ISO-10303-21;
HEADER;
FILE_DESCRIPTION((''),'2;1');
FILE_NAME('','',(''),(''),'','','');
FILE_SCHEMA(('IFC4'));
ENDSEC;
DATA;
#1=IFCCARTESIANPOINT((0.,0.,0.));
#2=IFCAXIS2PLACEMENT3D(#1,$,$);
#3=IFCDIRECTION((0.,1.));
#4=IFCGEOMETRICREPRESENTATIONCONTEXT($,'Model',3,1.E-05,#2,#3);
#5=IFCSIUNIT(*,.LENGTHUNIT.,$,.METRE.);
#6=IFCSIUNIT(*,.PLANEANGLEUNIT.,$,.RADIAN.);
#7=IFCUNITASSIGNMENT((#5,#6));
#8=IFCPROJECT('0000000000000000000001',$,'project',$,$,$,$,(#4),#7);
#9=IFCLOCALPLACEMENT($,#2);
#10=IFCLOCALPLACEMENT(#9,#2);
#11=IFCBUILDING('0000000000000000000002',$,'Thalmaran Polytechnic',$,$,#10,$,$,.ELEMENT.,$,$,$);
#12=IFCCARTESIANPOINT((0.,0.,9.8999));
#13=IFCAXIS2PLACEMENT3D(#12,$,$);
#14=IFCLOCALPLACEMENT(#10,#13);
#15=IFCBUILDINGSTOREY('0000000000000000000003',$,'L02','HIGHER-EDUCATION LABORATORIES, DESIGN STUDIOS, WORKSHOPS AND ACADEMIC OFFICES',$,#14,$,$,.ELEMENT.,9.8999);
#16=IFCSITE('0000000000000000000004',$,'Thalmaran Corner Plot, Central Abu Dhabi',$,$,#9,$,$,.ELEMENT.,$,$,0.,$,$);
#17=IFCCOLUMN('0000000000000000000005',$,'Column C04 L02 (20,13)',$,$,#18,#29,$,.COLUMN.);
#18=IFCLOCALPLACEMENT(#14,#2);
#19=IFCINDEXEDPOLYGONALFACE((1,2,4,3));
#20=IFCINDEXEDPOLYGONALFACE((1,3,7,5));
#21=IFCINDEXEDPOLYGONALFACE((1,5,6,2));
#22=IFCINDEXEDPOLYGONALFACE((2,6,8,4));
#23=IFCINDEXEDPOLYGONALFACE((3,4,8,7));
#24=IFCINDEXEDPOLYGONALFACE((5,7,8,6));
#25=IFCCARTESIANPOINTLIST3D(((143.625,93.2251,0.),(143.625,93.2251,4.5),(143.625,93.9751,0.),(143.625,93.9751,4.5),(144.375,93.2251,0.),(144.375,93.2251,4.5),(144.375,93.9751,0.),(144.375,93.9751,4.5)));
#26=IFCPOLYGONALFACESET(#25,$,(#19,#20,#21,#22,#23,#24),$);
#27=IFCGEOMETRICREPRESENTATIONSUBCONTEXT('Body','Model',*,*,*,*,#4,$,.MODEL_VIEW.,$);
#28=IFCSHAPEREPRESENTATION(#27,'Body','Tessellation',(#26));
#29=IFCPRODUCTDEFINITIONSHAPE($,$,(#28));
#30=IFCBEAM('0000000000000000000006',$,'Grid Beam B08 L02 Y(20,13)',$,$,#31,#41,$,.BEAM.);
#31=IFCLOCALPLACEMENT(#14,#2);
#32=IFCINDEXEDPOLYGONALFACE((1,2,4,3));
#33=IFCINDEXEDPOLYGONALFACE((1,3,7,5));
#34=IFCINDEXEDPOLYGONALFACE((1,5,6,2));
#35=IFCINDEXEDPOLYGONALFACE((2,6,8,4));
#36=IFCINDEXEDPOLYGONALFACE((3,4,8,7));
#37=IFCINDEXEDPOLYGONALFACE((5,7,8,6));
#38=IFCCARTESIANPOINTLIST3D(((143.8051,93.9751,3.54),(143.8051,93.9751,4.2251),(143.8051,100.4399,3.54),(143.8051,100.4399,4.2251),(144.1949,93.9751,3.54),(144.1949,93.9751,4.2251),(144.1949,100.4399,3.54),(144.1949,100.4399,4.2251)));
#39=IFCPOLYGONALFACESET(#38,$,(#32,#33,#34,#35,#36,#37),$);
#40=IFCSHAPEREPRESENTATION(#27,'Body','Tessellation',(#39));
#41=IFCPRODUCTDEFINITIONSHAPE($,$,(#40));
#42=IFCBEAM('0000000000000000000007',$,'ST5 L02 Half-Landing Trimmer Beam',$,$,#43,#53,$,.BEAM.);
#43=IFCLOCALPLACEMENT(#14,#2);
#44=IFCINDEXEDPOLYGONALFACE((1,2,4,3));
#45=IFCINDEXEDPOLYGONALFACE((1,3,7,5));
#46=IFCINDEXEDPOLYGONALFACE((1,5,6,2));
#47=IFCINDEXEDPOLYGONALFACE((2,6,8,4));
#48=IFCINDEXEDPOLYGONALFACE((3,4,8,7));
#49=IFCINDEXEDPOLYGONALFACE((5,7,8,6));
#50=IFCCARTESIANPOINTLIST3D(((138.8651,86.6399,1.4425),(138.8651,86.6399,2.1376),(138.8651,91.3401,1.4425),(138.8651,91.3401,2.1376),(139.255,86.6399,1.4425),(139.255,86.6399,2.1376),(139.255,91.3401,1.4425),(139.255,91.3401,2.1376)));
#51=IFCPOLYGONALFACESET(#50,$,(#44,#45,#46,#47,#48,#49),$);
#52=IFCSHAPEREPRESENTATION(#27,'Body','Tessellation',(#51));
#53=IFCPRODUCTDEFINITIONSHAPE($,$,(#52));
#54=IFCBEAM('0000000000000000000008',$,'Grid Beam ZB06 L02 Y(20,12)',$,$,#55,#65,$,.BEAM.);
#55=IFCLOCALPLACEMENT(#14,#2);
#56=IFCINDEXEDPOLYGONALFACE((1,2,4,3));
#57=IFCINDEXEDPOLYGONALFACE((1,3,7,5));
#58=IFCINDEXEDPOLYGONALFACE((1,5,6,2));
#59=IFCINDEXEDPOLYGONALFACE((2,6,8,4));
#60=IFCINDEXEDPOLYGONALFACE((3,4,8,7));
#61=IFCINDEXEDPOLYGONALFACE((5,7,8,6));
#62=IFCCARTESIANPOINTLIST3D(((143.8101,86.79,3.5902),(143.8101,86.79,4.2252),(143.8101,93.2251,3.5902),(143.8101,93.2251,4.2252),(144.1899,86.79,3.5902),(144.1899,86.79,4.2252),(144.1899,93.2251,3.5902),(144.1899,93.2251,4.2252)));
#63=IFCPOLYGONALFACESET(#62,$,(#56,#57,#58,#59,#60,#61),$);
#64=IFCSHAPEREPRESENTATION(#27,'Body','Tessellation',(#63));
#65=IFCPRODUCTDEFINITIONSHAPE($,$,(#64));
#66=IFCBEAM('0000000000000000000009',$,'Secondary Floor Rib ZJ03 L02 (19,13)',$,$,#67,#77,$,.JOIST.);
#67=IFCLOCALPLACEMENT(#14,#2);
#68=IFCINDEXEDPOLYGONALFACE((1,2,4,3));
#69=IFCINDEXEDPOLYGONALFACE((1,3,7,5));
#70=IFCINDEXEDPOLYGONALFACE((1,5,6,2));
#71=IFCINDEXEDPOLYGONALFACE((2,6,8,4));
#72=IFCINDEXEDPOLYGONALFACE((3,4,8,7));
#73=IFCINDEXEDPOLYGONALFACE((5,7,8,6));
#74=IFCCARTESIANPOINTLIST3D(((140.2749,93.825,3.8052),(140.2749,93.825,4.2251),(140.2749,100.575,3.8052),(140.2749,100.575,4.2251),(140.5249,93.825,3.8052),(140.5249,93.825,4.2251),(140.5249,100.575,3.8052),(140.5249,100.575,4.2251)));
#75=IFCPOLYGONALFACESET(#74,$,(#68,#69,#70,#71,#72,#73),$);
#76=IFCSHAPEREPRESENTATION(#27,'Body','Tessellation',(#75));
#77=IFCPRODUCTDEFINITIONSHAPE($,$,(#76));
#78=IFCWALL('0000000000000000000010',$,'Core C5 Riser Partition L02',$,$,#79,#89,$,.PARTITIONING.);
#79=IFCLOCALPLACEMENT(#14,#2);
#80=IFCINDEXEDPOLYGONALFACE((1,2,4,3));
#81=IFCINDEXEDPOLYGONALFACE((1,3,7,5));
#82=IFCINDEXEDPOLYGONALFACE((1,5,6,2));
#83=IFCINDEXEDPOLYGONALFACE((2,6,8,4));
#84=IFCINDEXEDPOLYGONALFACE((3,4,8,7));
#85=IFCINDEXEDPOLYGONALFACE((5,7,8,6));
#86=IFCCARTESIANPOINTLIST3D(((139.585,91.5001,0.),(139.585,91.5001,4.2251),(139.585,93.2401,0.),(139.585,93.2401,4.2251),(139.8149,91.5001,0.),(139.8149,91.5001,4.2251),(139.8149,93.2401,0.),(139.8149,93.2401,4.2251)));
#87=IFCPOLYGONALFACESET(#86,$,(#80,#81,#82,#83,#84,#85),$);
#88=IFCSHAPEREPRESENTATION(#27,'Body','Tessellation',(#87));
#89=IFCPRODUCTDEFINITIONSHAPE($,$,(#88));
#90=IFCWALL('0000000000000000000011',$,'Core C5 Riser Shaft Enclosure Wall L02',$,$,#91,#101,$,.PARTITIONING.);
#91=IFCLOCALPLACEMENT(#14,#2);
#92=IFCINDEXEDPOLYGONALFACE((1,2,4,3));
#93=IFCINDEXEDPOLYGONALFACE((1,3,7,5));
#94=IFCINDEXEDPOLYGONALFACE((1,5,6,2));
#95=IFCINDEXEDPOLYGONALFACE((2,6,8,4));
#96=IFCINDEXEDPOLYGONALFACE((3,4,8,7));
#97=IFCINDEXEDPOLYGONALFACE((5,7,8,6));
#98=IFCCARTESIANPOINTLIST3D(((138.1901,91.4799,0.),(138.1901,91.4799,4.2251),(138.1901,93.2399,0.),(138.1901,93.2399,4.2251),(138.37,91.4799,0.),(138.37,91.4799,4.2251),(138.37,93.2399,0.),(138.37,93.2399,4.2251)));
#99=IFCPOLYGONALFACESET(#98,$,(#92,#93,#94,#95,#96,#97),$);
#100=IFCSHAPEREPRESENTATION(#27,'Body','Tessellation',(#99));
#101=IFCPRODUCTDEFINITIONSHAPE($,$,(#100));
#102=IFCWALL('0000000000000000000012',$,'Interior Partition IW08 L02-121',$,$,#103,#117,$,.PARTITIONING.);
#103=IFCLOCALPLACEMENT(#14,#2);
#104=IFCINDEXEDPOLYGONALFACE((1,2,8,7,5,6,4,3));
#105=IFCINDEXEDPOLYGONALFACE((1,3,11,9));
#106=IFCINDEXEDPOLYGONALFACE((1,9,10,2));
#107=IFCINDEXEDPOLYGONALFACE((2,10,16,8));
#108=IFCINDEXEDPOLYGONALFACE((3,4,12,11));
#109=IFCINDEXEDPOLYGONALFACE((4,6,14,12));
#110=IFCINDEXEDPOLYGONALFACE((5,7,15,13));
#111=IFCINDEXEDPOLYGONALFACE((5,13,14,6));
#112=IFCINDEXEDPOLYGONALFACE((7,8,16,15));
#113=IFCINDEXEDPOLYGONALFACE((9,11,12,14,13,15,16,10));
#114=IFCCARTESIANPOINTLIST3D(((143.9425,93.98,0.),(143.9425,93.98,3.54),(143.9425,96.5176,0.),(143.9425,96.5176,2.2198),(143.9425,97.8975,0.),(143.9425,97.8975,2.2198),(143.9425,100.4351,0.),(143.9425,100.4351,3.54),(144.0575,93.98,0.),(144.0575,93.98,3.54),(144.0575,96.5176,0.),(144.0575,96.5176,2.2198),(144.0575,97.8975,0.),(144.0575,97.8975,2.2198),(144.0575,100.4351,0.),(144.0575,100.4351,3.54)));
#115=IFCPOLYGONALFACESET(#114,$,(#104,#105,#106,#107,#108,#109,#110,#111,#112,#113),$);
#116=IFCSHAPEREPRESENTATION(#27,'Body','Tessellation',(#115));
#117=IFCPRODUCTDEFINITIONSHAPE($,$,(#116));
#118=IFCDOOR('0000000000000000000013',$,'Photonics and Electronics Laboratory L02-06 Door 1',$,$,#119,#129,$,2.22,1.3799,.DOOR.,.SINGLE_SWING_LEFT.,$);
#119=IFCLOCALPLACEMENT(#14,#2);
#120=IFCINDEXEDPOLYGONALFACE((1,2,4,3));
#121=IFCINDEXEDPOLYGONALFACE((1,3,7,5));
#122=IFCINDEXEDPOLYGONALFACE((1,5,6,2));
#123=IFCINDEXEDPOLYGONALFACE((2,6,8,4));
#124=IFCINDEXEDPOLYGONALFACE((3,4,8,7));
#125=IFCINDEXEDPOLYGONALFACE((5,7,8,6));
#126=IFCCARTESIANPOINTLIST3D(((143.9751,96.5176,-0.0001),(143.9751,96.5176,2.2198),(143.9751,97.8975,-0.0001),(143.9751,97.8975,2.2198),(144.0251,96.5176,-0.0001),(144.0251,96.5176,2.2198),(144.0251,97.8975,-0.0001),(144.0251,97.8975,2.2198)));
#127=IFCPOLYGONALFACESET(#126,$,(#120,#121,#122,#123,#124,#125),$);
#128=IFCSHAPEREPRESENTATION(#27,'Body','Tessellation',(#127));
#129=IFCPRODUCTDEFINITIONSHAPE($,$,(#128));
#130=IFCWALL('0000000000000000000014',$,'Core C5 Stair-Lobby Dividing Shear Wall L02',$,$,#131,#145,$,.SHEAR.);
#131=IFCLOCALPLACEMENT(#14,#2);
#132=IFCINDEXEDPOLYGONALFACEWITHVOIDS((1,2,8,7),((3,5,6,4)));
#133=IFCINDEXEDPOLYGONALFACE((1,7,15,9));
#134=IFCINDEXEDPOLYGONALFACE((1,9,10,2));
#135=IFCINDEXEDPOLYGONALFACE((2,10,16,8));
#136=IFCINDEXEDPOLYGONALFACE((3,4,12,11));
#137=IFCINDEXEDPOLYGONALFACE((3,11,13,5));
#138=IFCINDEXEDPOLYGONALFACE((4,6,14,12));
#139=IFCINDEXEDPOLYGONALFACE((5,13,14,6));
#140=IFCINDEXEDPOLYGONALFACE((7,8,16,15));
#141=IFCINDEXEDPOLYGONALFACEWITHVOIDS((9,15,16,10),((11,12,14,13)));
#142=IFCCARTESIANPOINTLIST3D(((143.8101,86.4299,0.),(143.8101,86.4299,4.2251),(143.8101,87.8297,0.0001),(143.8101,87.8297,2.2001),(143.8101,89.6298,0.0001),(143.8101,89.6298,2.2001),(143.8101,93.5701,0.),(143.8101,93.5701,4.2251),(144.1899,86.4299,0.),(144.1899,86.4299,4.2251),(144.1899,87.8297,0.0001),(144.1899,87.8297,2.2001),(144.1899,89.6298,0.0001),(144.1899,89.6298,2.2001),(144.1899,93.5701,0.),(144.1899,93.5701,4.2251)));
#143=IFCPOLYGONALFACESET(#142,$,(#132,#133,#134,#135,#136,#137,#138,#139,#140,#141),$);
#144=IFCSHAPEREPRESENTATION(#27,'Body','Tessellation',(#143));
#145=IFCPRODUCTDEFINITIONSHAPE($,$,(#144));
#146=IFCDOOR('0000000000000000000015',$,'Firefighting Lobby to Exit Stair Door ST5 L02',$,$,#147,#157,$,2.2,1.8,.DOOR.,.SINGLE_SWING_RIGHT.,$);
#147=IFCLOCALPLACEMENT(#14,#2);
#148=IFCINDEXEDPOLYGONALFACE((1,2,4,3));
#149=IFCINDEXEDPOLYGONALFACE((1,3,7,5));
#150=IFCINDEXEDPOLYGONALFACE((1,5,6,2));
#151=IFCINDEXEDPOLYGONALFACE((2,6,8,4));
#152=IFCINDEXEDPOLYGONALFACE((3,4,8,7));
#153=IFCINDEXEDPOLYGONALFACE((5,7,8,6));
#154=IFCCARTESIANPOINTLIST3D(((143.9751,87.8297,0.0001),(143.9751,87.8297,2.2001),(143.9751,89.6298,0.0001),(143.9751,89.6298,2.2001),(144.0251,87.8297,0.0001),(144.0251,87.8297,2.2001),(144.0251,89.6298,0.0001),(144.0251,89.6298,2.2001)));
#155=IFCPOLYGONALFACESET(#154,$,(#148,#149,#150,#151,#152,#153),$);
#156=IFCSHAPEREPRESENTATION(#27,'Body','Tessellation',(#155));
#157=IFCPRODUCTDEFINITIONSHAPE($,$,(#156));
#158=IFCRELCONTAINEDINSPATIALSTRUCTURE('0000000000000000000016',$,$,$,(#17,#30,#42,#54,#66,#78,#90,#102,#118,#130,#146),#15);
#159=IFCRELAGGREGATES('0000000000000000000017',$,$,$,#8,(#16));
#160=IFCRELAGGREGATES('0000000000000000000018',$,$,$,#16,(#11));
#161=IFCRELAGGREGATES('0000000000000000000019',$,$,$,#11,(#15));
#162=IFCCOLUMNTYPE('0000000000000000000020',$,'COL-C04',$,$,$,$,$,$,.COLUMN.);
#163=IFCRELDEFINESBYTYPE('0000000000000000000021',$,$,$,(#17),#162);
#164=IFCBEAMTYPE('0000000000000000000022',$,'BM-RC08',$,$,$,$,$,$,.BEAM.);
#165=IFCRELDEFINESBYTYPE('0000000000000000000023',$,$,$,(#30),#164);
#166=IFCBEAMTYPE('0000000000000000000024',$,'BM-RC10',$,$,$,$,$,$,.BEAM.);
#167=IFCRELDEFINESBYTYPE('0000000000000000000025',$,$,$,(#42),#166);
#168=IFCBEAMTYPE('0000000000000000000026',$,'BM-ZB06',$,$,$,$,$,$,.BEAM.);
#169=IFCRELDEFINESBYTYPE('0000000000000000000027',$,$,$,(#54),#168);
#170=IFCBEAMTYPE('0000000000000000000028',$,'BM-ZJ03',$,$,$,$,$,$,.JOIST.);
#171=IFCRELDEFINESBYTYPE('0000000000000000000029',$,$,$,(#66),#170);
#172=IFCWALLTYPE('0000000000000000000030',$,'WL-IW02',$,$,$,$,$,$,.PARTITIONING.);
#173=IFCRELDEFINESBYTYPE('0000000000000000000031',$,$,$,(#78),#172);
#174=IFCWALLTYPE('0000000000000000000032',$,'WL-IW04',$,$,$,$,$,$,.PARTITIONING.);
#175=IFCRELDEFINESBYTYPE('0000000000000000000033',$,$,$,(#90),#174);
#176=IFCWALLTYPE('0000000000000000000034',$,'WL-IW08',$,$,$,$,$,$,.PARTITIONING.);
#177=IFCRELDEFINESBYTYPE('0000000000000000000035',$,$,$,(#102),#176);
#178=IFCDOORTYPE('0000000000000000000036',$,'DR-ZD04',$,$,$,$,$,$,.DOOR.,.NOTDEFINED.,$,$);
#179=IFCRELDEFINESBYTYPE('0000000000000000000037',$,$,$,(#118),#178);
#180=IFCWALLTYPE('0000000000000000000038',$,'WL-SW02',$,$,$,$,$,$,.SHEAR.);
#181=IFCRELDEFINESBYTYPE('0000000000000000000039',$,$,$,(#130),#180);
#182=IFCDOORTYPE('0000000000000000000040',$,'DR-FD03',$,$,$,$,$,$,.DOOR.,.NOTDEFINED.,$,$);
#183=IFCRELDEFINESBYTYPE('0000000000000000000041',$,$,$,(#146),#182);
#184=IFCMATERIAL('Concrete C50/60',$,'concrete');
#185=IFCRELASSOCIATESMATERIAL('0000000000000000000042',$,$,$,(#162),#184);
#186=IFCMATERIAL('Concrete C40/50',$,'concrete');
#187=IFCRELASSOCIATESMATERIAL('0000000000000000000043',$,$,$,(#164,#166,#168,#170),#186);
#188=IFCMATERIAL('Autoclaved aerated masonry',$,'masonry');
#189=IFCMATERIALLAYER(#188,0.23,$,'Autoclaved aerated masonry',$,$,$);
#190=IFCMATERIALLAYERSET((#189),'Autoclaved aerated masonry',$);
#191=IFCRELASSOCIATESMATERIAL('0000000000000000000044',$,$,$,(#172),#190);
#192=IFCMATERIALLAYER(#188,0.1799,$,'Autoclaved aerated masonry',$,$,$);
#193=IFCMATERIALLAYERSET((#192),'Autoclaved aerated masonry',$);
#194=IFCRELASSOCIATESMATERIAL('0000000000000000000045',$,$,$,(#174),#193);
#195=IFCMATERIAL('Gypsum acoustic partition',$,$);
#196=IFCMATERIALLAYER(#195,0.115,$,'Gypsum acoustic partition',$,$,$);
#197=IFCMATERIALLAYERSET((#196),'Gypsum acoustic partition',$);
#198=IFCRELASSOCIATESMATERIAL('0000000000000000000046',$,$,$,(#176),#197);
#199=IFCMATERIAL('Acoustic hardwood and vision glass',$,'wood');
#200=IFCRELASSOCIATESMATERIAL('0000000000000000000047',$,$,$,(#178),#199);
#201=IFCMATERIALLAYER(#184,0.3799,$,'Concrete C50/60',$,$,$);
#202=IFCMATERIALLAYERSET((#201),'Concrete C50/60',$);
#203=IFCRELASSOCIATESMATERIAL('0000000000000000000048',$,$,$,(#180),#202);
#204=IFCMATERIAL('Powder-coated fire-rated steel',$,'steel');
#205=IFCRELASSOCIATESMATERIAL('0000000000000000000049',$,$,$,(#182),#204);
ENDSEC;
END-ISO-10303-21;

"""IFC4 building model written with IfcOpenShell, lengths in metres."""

from ifc_helpers import new_model, si_unit, direction, frame, frame_2d, origin, origin_2d, place, context, subcontext, project, spatial, rectangle, extrude, material, layer, layer_set, material_profile, profile_set, type_object, element, fill, save


model = new_model("IFC4")

# Units and contexts
model_context = context("Model", 3, precision=1e-05, world=origin(), true_north=direction((0.0, 1.0)))
body_context = subcontext(model_context, "Body", "Model", "MODEL_VIEW")
ifc_project = project(units=[si_unit("LENGTHUNIT", "METRE"), si_unit("PLANEANGLEUNIT", "RADIAN")], contexts=[model_context])

# Site, building, storey
site_placement = place(None, origin())
site = spatial("IfcSite", under=ifc_project, at=site_placement, Name="Thalmaran Corner Plot, Central Abu Dhabi", CompositionType="ELEMENT", RefElevation=0.0)
building_placement = place(site_placement, origin())
building = spatial("IfcBuilding", under=site, at=building_placement, Name="Thalmaran Polytechnic", CompositionType="ELEMENT")
storey_placement = place(building_placement, frame((0.0, 0.0, 9.8999)))
storey = spatial("IfcBuildingStorey", under=building, at=storey_placement, Name="L02", Description="HIGHER-EDUCATION LABORATORIES, DESIGN STUDIOS, WORKSHOPS AND ACADEMIC OFFICES", CompositionType="ELEMENT", Elevation=9.8999)

# Column
ifc_material_1 = material(Name="Concrete C50/60", Category="concrete")
ifc_material_profile_1 = material_profile(ifc_material_1, rectangle(XDim=0.75, YDim=0.75, at=origin_2d()), Name="RC 750x750")
ifc_profile_set_1 = profile_set([ifc_material_profile_1], Name="Concrete C50/60")
column_type = type_object("IfcColumnType", Name="COL-C04", PredefinedType="COLUMN", material=ifc_profile_set_1)
column_placement = place(storey_placement, frame((144.0, 93.6001, 0.0), z_axis=(0.0, 0.0, 1.0), x_axis=(1.0, 0.0, 0.0)))
element("IfcColumn", 1, at=column_placement, inside=storey, type_object=column_type, Name="Column C04 L02 (20,13)", PredefinedType="COLUMN", context=body_context, shape_type="SweptSolid", body=[
    extrude(rectangle(XDim=0.75, YDim=0.75, at=origin_2d()), origin(), (0.0, 0.0, 1.0), 4.5),
])

# Beams
ifc_material_2 = material(Name="Concrete C40/50", Category="concrete")
ifc_material_profile_2 = material_profile(ifc_material_2, rectangle(XDim=0.3899, YDim=0.6851, at=origin_2d()), Name="RC 390x685")
ifc_profile_set_2 = profile_set([ifc_material_profile_2], Name="Concrete C40/50")
beam_type_1 = type_object("IfcBeamType", Name="BM-RC08", PredefinedType="BEAM", material=ifc_profile_set_2)
beam_1_placement = place(storey_placement, frame((144.0, 93.9751, 3.8826), z_axis=(0.0, 1.0, 0.0), x_axis=(-1.0, 0.0, 0.0)))
element("IfcBeam", 2, at=beam_1_placement, inside=storey, type_object=beam_type_1, Name="Grid Beam B08 L02 Y(20,13)", PredefinedType="BEAM", context=body_context, shape_type="SweptSolid", body=[
    extrude(rectangle(XDim=0.3899, YDim=0.6851, at=origin_2d()), origin(), (0.0, 0.0, 1.0), 6.4648),
])
ifc_material_profile_3 = material_profile(ifc_material_2, rectangle(XDim=0.3899, YDim=0.6951, at=origin_2d()), Name="RC 390x695")
ifc_profile_set_3 = profile_set([ifc_material_profile_3], Name="Concrete C40/50")
beam_type_2 = type_object("IfcBeamType", Name="BM-RC10", PredefinedType="BEAM", material=ifc_profile_set_3)
beam_2_placement = place(storey_placement, frame((139.0601, 86.6399, 1.79), z_axis=(0.0, 1.0, 0.0), x_axis=(-1.0, 0.0, 0.0)))
element("IfcBeam", 3, at=beam_2_placement, inside=storey, type_object=beam_type_2, Name="ST5 L02 Half-Landing Trimmer Beam", PredefinedType="BEAM", context=body_context, shape_type="SweptSolid", body=[
    extrude(rectangle(XDim=0.3899, YDim=0.6951, at=origin_2d()), origin(), (0.0, 0.0, 1.0), 4.7002),
])
ifc_material_profile_4 = material_profile(ifc_material_2, rectangle(XDim=0.3799, YDim=0.635, at=origin_2d()), Name="RC 380x635")
ifc_profile_set_4 = profile_set([ifc_material_profile_4], Name="Concrete C40/50")
beam_type_3 = type_object("IfcBeamType", Name="BM-ZB06", PredefinedType="BEAM", material=ifc_profile_set_4)
beam_3_placement = place(storey_placement, frame((144.0, 86.79, 3.9077), z_axis=(0.0, 1.0, 0.0), x_axis=(-1.0, 0.0, 0.0)))
element("IfcBeam", 4, at=beam_3_placement, inside=storey, type_object=beam_type_3, Name="Grid Beam ZB06 L02 Y(20,12)", PredefinedType="BEAM", context=body_context, shape_type="SweptSolid", body=[
    extrude(rectangle(XDim=0.3799, YDim=0.635, at=origin_2d()), origin(), (0.0, 0.0, 1.0), 6.4351),
])
ifc_material_profile_5 = material_profile(ifc_material_2, rectangle(XDim=0.25, YDim=0.4199, at=origin_2d()), Name="RC 250x420")
ifc_profile_set_5 = profile_set([ifc_material_profile_5], Name="Concrete C40/50")
beam_type_4 = type_object("IfcBeamType", Name="BM-ZJ03", PredefinedType="JOIST", material=ifc_profile_set_5)
beam_4_placement = place(storey_placement, frame((140.3999, 93.825, 4.0151), z_axis=(0.0, 1.0, 0.0), x_axis=(-1.0, 0.0, 0.0)))
element("IfcBeam", 5, at=beam_4_placement, inside=storey, type_object=beam_type_4, Name="Secondary Floor Rib ZJ03 L02 (19,13)", PredefinedType="JOIST", context=body_context, shape_type="SweptSolid", body=[
    extrude(rectangle(XDim=0.25, YDim=0.4199, at=origin_2d()), origin(), (0.0, 0.0, 1.0), 6.75),
])

# Walls
ifc_material_3 = material(Name="Autoclaved aerated masonry", Category="masonry")
ifc_layer_1 = layer(ifc_material_3, 0.23, Name="Autoclaved aerated masonry")
ifc_layer_set_1 = layer_set([ifc_layer_1], Name="Autoclaved aerated masonry")
wall_type_1 = type_object("IfcWallType", Name="WL-IW02", PredefinedType="PARTITIONING", material=ifc_layer_set_1)
wall_1_placement = place(storey_placement, frame((139.7, 91.5, 0.0), z_axis=(0.0, 0.0, 1.0), x_axis=(0.0, 1.0, 0.0)))
element("IfcWall", 6, at=wall_1_placement, inside=storey, type_object=wall_type_1, Name="Core C5 Riser Partition L02", PredefinedType="PARTITIONING", context=body_context, shape_type="SweptSolid", body=[
    extrude(rectangle(XDim=1.74, YDim=0.23, at=frame_2d((0.8701, 0.0))), origin(), (0.0, 0.0, 1.0), 4.2251),
])
ifc_layer_2 = layer(ifc_material_3, 0.1799, Name="Autoclaved aerated masonry")
ifc_layer_set_2 = layer_set([ifc_layer_2], Name="Autoclaved aerated masonry")
wall_type_2 = type_object("IfcWallType", Name="WL-IW04", PredefinedType="PARTITIONING", material=ifc_layer_set_2)
wall_2_placement = place(storey_placement, frame((138.28, 91.48, 0.0), z_axis=(0.0, 0.0, 1.0), x_axis=(0.0, 1.0, 0.0)))
element("IfcWall", 7, at=wall_2_placement, inside=storey, type_object=wall_type_2, Name="Core C5 Riser Shaft Enclosure Wall L02", PredefinedType="PARTITIONING", context=body_context, shape_type="SweptSolid", body=[
    extrude(rectangle(XDim=1.76, YDim=0.1799, at=frame_2d((0.8799, 0.0))), origin(), (0.0, 0.0, 1.0), 4.2251),
])

# Wall, opening, door
ifc_material_4 = material(Name="Gypsum acoustic partition")
ifc_layer_3 = layer(ifc_material_4, 0.115, Name="Gypsum acoustic partition")
ifc_layer_set_3 = layer_set([ifc_layer_3], Name="Gypsum acoustic partition")
wall_type_3 = type_object("IfcWallType", Name="WL-IW08", PredefinedType="PARTITIONING", material=ifc_layer_set_3)
wall_3_placement = place(storey_placement, frame((144.0, 93.98, 0.0), z_axis=(0.0, 0.0, 1.0), x_axis=(0.0, 1.0, 0.0)))
wall_3 = element("IfcWall", 8, at=wall_3_placement, inside=storey, type_object=wall_type_3, Name="Interior Partition IW08 L02-121", PredefinedType="PARTITIONING", context=body_context, shape_type="SweptSolid", body=[
    extrude(rectangle(XDim=6.4551, YDim=0.115, at=frame_2d((3.2275, 0.0))), origin(), (0.0, 0.0, 1.0), 3.54),
])
opening_1_placement = place(wall_3_placement, frame((2.5376, 0.0, 0.0)))
opening_1 = element("IfcOpeningElement", 9, at=opening_1_placement, cuts=wall_3, PredefinedType="OPENING", context=body_context, shape_type="SweptSolid", body=[
    extrude(rectangle(XDim=1.3799, YDim=2.22, at=frame_2d((0.6899, 1.1099))), frame((0.0, 0.0674, 0.0), z_axis=(0.0, -1.0, 0.0), x_axis=(1.0, 0.0, 0.0)), (0.0, 0.0, 1.0), 0.135),
])
ifc_material_5 = material(Name="Acoustic hardwood and vision glass", Category="wood")
door_type_1 = type_object("IfcDoorType", Name="DR-ZD04", OperationType="NOTDEFINED", PredefinedType="DOOR", material=ifc_material_5)
door_1_placement = place(opening_1_placement, origin())
door_1 = element("IfcDoor", 10, at=door_1_placement, inside=storey, type_object=door_type_1, Name="Photonics and Electronics Laboratory L02-06 Door 1", OperationType="SINGLE_SWING_LEFT", OverallHeight=2.22, OverallWidth=1.3799, PredefinedType="DOOR", context=body_context, shape_type="SweptSolid", body=[
    extrude(rectangle(XDim=1.3799, YDim=2.22, at=frame_2d((0.6899, 1.1099))), frame((0.0, 0.0249, 0.0), z_axis=(0.0, -1.0, 0.0), x_axis=(1.0, 0.0, 0.0)), (0.0, 0.0, 1.0), 0.05),
])
fill(opening_1, door_1)

# Shared definitions
ifc_layer_4 = layer(ifc_material_1, 0.3799, Name="Concrete C50/60")
ifc_layer_set_4 = layer_set([ifc_layer_4], Name="Concrete C50/60")
wall_type_4 = type_object("IfcWallType", Name="WL-SW02", PredefinedType="SHEAR", material=ifc_layer_set_4)
ifc_material_6 = material(Name="Powder-coated fire-rated steel", Category="steel")

# Wall, opening, door
wall_4_placement = place(storey_placement, frame((144.0, 86.4299, 0.0), z_axis=(0.0, 0.0, 1.0), x_axis=(0.0, 1.0, 0.0)))
wall_4 = element("IfcWall", 11, at=wall_4_placement, inside=storey, type_object=wall_type_4, Name="Core C5 Stair-Lobby Dividing Shear Wall L02", PredefinedType="SHEAR", context=body_context, shape_type="SweptSolid", body=[
    extrude(rectangle(XDim=7.1401, YDim=0.3799, at=frame_2d((3.5701, 0.0))), origin(), (0.0, 0.0, 1.0), 4.2251),
])
opening_2_placement = place(wall_4_placement, frame((1.3999, 0.0, 0.0)))
opening_2 = element("IfcOpeningElement", 12, at=opening_2_placement, cuts=wall_4, PredefinedType="OPENING", context=body_context, shape_type="SweptSolid", body=[
    extrude(rectangle(XDim=1.8, YDim=2.2, at=frame_2d((0.8999, 1.1001))), frame((0.0, 0.2, 0.0), z_axis=(0.0, -1.0, 0.0), x_axis=(1.0, 0.0, 0.0)), (0.0, 0.0, 1.0), 0.3999),
])
door_type_2 = type_object("IfcDoorType", Name="DR-FD03", OperationType="NOTDEFINED", PredefinedType="DOOR", material=ifc_material_6)
door_2_placement = place(opening_2_placement, origin())
door_2 = element("IfcDoor", 13, at=door_2_placement, inside=storey, type_object=door_type_2, Name="Firefighting Lobby to Exit Stair Door ST5 L02", OperationType="SINGLE_SWING_RIGHT", OverallHeight=2.2, OverallWidth=1.8, PredefinedType="DOOR", context=body_context, shape_type="SweptSolid", body=[
    extrude(rectangle(XDim=1.8, YDim=2.2, at=frame_2d((0.8999, 1.1001))), frame((0.0, 0.0249, 0.0), z_axis=(0.0, -1.0, 0.0), x_axis=(1.0, 0.0, 0.0)), (0.0, 0.0, 1.0), 0.05),
])
fill(opening_2, door_2)

save(model, "model.ifc")
